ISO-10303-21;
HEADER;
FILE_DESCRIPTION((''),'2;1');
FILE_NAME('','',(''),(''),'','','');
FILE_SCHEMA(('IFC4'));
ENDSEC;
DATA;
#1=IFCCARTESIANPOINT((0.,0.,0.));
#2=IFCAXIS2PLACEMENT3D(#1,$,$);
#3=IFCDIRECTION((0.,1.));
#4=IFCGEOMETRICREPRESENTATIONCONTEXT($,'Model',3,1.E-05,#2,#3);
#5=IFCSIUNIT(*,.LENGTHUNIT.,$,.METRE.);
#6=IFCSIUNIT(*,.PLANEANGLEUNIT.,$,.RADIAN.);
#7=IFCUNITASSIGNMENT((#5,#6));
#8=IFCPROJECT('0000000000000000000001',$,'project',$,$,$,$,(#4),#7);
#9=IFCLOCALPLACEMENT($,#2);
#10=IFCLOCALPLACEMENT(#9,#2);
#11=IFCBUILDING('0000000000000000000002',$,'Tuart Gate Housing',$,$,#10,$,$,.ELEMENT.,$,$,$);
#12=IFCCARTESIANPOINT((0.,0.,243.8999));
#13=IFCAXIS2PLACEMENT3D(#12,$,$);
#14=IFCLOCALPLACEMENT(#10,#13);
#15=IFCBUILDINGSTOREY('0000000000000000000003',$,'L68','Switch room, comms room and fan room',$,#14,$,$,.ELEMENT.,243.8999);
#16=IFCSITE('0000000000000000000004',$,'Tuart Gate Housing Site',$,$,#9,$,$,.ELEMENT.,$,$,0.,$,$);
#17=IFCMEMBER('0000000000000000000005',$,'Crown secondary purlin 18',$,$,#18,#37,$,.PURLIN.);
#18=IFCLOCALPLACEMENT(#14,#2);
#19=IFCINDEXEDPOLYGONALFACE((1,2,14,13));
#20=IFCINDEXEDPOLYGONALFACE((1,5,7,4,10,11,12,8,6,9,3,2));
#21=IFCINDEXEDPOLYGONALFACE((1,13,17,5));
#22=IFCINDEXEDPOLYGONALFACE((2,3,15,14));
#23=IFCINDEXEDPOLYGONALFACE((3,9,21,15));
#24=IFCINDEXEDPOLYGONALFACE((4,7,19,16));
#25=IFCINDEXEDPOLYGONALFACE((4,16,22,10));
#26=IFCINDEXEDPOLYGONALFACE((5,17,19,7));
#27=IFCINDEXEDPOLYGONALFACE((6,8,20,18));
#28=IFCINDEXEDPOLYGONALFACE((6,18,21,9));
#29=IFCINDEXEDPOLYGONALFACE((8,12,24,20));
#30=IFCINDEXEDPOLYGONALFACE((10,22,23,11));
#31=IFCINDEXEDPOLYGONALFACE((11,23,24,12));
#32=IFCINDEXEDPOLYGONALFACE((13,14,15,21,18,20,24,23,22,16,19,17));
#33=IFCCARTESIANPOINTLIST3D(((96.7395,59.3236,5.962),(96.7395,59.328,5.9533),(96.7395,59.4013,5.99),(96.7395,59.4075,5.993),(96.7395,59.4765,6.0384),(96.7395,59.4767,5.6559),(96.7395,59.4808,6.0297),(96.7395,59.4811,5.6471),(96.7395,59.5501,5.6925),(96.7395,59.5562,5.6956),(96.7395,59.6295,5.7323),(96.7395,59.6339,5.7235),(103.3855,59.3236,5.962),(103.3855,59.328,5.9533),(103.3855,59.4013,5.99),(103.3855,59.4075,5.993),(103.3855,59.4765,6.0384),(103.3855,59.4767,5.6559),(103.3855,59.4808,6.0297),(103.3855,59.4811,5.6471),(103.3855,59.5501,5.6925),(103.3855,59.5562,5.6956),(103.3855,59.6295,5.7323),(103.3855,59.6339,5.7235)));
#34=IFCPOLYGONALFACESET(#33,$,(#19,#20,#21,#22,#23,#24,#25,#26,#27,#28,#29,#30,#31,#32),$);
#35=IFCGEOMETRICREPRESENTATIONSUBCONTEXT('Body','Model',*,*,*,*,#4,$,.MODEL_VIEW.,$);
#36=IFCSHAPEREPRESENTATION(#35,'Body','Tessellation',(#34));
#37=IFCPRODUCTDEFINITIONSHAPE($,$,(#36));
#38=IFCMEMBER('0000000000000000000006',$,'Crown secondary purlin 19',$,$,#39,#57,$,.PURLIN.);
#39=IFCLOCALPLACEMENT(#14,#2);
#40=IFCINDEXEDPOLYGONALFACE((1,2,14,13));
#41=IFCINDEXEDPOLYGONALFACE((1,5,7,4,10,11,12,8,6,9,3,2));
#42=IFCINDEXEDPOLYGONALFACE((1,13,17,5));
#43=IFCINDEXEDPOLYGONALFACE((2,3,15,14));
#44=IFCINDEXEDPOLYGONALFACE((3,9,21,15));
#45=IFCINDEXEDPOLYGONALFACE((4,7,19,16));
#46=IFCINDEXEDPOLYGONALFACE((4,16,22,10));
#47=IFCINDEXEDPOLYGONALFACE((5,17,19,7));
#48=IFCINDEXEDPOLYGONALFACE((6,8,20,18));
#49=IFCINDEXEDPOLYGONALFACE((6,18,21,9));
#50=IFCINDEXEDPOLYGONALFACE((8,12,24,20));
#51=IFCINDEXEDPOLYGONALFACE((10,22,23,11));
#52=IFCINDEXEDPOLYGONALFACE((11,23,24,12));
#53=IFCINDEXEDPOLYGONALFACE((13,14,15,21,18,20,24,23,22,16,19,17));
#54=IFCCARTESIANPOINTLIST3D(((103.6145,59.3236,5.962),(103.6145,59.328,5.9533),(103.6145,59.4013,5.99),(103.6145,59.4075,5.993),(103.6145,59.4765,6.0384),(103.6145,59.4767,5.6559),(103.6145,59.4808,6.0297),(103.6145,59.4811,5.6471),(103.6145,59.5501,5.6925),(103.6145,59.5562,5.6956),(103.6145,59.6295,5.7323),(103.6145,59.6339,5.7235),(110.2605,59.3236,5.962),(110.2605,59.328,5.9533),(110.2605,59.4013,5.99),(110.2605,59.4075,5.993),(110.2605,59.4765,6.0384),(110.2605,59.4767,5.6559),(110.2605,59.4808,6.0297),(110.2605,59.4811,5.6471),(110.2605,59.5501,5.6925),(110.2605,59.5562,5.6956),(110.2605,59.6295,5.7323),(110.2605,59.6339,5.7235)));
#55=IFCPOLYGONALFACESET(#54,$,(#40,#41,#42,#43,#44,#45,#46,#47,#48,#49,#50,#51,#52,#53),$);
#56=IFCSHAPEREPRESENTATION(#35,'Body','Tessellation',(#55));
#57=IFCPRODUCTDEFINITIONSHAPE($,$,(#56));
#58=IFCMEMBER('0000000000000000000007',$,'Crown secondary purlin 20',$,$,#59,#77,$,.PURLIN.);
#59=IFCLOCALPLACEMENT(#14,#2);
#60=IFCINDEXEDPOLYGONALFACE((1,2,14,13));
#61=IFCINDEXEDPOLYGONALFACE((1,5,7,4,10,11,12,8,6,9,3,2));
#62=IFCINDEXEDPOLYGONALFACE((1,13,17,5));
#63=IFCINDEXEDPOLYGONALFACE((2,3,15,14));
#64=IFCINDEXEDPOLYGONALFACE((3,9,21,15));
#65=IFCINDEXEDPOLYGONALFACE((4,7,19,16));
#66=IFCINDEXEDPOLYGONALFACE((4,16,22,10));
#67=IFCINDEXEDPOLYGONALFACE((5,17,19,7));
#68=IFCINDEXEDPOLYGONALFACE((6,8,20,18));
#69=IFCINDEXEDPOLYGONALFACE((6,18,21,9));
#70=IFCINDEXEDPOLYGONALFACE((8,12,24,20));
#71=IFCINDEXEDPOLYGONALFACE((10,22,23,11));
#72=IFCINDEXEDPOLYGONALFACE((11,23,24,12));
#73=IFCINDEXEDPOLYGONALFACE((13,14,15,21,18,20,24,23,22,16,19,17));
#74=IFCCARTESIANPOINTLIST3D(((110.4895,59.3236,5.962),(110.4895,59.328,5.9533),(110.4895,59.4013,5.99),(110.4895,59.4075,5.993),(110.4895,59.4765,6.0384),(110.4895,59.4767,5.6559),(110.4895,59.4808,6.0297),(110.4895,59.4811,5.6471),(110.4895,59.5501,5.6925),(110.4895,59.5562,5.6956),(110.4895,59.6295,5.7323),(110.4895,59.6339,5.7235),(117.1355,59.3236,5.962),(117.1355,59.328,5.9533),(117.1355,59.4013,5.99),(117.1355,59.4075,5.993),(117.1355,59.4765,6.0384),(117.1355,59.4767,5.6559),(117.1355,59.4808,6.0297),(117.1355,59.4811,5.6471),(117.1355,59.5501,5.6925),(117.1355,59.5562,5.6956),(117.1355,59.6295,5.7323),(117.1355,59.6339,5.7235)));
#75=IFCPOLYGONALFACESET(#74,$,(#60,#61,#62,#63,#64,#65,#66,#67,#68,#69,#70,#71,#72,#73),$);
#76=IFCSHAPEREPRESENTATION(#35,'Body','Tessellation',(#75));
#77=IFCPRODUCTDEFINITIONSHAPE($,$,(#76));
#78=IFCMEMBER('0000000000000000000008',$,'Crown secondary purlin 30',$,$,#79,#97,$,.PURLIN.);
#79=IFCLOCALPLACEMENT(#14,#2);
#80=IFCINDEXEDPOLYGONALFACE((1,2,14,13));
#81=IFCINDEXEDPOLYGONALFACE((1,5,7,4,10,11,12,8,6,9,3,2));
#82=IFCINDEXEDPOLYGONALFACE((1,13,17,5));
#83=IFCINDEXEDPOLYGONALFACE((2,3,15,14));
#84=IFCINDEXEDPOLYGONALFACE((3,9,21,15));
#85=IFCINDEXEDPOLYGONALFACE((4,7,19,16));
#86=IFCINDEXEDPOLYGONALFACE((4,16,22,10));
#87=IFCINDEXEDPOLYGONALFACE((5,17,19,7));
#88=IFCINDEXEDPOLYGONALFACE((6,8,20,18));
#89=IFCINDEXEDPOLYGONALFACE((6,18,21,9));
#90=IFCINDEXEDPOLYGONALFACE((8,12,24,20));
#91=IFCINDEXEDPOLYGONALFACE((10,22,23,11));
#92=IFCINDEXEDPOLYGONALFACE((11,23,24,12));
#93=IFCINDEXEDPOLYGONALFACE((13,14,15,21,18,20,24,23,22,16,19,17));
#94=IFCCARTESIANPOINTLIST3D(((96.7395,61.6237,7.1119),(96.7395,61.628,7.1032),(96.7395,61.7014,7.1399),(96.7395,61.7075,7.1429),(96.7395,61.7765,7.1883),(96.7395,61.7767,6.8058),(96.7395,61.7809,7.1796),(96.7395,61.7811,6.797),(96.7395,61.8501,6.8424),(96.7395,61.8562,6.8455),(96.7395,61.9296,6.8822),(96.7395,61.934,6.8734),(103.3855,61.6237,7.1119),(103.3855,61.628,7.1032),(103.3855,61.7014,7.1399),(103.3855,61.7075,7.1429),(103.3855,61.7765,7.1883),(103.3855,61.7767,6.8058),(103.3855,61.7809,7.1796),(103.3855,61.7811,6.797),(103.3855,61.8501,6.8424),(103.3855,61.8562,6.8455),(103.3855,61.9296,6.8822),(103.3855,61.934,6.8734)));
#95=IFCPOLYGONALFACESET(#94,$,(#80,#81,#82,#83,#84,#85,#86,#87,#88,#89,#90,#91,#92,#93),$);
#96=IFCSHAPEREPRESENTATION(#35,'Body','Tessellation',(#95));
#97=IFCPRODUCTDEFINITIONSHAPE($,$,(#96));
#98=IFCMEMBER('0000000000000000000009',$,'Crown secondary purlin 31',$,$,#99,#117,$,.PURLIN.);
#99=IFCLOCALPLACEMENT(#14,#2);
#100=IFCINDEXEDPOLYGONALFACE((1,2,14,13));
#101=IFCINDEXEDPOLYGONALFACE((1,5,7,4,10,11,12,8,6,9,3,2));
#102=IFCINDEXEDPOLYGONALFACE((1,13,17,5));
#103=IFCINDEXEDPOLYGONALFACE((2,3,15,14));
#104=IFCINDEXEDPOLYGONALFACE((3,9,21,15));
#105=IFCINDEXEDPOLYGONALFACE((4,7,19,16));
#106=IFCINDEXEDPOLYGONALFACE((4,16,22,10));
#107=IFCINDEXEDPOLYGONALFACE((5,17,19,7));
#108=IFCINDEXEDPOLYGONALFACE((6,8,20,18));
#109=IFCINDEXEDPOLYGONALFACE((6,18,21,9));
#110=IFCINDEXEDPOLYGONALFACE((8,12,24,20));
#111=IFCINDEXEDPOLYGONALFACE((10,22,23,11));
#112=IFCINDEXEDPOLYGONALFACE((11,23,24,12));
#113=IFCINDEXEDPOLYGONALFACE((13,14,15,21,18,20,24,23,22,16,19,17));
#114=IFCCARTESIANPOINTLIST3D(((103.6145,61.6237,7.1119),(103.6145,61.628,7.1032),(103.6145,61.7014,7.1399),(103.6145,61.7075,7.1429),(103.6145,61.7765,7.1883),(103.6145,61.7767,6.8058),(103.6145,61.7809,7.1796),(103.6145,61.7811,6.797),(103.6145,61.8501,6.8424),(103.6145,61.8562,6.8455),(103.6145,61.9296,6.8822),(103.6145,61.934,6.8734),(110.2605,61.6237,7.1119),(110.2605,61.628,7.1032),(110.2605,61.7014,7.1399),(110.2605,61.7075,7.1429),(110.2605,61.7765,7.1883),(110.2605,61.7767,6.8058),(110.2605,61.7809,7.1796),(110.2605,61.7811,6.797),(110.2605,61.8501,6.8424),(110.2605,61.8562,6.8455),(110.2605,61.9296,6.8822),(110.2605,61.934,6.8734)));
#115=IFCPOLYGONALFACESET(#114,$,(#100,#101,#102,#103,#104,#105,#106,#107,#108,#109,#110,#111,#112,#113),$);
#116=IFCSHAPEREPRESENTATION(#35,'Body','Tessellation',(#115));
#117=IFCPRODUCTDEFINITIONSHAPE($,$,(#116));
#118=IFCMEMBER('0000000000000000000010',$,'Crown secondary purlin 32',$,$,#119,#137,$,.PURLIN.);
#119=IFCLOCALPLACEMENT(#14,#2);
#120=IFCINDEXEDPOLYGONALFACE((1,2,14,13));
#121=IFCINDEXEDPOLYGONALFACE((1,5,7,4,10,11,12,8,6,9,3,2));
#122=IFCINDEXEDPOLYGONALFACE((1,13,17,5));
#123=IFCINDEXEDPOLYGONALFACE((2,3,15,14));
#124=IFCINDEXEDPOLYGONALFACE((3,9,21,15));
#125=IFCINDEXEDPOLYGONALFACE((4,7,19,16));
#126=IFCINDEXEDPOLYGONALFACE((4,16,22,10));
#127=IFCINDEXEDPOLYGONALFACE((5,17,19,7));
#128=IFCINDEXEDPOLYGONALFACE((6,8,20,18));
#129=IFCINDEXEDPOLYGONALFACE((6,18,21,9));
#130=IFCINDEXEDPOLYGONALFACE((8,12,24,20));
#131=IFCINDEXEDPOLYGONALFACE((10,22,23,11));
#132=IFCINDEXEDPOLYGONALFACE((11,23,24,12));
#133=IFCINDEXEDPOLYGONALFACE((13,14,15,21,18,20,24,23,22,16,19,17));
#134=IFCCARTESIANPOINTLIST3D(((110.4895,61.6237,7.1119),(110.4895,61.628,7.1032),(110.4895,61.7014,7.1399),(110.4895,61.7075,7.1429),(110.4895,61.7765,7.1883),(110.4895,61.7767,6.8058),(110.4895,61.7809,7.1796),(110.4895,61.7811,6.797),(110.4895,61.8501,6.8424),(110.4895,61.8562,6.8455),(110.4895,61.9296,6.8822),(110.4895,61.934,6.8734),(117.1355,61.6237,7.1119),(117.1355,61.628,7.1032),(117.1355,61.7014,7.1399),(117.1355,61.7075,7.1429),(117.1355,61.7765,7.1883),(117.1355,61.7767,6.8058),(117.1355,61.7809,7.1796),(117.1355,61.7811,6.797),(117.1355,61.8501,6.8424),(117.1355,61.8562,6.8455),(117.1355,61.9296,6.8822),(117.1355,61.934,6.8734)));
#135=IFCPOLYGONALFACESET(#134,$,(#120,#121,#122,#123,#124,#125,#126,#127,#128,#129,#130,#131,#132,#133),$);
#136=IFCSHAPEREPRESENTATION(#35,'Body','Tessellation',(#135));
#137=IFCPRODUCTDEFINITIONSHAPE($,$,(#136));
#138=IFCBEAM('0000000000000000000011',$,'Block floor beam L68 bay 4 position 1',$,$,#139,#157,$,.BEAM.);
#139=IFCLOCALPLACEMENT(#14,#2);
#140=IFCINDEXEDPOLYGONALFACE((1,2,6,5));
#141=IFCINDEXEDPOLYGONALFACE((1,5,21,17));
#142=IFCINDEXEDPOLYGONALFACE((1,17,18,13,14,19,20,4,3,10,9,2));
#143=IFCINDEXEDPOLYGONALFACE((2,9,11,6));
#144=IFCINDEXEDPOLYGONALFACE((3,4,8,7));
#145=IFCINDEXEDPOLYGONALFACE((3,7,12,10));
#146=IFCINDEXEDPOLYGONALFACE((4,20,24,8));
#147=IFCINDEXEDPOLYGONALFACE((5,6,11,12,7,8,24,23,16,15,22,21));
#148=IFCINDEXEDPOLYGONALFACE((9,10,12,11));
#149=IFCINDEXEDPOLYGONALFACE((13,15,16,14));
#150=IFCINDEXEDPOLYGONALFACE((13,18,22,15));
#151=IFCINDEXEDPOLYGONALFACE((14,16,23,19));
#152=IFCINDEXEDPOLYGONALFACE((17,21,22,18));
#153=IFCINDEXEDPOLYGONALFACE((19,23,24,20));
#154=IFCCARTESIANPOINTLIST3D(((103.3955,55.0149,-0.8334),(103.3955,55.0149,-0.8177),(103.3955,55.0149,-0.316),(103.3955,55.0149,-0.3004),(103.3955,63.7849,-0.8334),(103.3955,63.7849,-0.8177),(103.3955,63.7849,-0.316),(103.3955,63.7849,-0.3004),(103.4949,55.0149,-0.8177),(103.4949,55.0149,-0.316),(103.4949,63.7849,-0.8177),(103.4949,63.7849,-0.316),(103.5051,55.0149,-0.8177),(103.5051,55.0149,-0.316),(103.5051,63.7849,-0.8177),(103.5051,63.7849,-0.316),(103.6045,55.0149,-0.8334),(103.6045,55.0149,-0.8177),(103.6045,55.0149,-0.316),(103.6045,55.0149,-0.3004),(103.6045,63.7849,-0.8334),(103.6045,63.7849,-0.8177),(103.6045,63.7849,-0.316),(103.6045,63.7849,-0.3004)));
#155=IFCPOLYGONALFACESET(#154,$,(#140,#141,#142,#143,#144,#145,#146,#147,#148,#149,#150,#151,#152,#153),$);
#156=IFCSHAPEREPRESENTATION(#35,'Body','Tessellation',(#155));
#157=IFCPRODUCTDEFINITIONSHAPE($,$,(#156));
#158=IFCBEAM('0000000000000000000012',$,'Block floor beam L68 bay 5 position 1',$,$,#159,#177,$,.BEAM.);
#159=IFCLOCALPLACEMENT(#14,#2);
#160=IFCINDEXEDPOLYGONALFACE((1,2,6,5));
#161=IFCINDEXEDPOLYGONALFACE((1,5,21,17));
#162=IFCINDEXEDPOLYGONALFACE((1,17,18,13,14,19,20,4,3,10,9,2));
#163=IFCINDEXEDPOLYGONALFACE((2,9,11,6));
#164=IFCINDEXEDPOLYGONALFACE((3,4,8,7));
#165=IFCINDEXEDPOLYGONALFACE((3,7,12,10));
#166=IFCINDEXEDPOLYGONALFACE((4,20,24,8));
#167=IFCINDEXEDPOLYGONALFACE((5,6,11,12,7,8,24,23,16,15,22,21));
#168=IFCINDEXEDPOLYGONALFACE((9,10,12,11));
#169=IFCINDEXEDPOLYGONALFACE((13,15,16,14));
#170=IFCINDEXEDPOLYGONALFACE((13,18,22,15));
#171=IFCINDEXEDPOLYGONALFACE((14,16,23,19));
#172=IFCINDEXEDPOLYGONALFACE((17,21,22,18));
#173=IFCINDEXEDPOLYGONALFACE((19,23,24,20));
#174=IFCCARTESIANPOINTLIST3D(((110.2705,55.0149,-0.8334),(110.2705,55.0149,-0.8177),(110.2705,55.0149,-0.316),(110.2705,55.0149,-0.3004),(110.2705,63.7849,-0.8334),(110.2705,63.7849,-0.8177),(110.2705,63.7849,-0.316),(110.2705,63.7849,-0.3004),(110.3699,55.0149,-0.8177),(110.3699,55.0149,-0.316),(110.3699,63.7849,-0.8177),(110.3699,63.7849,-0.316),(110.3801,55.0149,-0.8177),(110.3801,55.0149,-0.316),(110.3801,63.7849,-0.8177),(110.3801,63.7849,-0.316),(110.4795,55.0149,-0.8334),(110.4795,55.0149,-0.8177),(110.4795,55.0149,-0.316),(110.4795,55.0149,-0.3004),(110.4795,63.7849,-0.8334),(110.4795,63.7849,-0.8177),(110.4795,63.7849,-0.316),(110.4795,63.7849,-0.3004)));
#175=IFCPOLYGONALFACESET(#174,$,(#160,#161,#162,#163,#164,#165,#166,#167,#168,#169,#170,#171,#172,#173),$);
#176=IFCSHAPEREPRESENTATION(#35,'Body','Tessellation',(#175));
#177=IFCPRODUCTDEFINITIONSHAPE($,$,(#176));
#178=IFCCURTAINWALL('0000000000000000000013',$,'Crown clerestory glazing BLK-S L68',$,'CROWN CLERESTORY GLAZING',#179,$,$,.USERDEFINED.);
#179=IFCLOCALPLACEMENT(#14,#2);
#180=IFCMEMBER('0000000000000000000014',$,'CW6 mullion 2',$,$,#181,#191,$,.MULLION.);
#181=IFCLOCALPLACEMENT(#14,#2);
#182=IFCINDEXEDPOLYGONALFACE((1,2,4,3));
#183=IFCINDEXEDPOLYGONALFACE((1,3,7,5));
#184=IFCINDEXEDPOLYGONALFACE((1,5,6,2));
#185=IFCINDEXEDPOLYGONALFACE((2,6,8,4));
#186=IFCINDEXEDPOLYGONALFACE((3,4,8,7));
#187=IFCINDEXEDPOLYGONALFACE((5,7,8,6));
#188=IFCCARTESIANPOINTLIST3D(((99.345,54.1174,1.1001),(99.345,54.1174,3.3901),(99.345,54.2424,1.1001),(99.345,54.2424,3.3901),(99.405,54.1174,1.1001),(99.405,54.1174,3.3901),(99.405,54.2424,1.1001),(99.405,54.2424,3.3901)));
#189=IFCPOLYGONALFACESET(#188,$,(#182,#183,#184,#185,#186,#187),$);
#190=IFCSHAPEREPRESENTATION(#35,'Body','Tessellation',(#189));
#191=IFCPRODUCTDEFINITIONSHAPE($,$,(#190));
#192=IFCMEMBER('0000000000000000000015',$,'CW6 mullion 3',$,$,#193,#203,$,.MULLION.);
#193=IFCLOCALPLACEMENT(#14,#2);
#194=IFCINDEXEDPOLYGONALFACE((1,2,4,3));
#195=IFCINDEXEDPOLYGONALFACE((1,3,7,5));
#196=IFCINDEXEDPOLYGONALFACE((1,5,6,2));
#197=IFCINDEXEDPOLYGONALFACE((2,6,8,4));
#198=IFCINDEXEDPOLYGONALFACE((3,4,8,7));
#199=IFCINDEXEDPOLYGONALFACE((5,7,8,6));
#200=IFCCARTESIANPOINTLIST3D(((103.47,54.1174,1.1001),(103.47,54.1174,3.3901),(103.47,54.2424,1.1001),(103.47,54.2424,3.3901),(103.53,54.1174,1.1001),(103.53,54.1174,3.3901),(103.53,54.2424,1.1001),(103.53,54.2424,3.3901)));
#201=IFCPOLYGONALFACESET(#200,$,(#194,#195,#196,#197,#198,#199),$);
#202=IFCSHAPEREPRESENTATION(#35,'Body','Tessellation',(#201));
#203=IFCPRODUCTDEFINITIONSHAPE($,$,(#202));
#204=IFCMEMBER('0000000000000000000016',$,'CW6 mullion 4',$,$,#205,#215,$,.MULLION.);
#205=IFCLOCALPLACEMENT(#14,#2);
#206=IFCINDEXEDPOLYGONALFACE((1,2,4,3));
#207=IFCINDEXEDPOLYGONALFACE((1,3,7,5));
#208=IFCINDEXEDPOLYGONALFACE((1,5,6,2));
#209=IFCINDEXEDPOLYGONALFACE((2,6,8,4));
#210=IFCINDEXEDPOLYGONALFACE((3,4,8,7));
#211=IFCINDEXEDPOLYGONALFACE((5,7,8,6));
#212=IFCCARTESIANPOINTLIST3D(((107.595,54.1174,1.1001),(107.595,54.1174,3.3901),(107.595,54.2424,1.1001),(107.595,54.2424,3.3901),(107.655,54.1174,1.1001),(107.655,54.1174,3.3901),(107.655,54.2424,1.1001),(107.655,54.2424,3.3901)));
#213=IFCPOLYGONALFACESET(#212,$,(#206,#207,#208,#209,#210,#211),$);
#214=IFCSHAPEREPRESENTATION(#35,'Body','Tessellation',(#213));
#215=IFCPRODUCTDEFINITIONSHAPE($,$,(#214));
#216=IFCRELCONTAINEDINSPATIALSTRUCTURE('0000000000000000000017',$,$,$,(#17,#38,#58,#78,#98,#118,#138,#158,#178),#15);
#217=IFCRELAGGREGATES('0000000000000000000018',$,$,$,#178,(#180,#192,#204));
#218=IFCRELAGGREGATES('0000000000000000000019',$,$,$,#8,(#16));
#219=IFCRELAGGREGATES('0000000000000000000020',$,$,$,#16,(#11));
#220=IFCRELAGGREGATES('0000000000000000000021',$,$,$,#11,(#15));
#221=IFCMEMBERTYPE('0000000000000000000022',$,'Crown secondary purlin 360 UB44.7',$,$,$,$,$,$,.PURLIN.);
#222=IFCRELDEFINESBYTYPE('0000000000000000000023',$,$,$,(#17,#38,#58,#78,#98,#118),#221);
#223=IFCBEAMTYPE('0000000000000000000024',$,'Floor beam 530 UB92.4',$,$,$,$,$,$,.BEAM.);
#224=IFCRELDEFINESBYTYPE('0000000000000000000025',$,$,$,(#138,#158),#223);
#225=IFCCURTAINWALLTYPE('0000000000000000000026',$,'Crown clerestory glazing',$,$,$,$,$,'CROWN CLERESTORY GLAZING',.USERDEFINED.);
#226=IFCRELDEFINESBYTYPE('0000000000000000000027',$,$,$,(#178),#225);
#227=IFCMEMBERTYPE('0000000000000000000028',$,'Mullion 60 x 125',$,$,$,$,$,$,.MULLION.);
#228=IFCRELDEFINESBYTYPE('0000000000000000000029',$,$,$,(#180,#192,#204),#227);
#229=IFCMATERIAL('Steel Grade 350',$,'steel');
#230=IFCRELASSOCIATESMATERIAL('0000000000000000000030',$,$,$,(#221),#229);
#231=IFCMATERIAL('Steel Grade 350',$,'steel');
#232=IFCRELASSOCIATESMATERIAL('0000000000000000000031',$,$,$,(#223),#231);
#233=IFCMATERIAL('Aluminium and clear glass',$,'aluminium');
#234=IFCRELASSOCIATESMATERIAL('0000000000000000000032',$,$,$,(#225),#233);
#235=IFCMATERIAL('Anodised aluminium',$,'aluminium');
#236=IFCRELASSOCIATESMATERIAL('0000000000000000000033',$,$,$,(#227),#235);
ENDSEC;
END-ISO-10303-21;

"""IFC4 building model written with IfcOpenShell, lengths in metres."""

from ifc_helpers import new_model, si_unit, direction, frame, origin, origin_2d, place, context, subcontext, project, spatial, rectangle, i_section, extrude, material, material_profile, profile_set, type_object, element, aggregate, save


model = new_model("IFC4")

# Units and contexts
model_context = context("Model", 3, precision=1e-05, world=origin(), true_north=direction((0.0, 1.0)))
body_context = subcontext(model_context, "Body", "Model", "MODEL_VIEW")
ifc_project = project(units=[si_unit("LENGTHUNIT", "METRE"), si_unit("PLANEANGLEUNIT", "RADIAN")], contexts=[model_context])

# Site, building, storey
site_placement = place(None, origin())
site = spatial("IfcSite", under=ifc_project, at=site_placement, Name="Tuart Gate Housing Site", CompositionType="ELEMENT", RefElevation=0.0)
building_placement = place(site_placement, origin())
building = spatial("IfcBuilding", under=site, at=building_placement, Name="Tuart Gate Housing", CompositionType="ELEMENT")
storey_placement = place(building_placement, frame((0.0, 0.0, 243.8999)))
storey = spatial("IfcBuildingStorey", under=building, at=storey_placement, Name="L68", Description="Switch room, comms room and fan room", CompositionType="ELEMENT", Elevation=243.8999)

# Members
ifc_material_1 = material(Name="Steel Grade 350", Category="steel")
ifc_material_profile_1 = material_profile(ifc_material_1, i_section(OverallWidth=0.1709, OverallDepth=0.3521, WebThickness=0.0068, FlangeThickness=0.0098, at=origin_2d()), Name="360UB44.7")
ifc_profile_set_1 = profile_set([ifc_material_profile_1], Name="Steel Grade 350")
member_type_1 = type_object("IfcMemberType", Name="Crown secondary purlin 360 UB44.7", PredefinedType="PURLIN", material=ifc_profile_set_1)
for number, where, z_axis, x_axis, name in (
    (1, (96.7395, 59.4788, 5.8428), (1.0, 0.0, 0.0), (0.0, 0.894427, 0.447214), "Crown secondary purlin 18"),
    (2, (103.6145, 59.4788, 5.8428), (1.0, 0.0, 0.0), (0.0, 0.894427, 0.447214), "Crown secondary purlin 19"),
    (3, (110.4895, 59.4788, 5.8428), (1.0, 0.0, 0.0), (0.0, 0.894427, 0.447214), "Crown secondary purlin 20"),
    (4, (96.7395, 61.7788, 6.9927), (1.0, 0.0, 0.0), (0.0, 0.894427, 0.447214), "Crown secondary purlin 30"),
    (5, (103.6145, 61.7788, 6.9927), (1.0, 0.0, 0.0), (0.0, 0.894427, 0.447214), "Crown secondary purlin 31"),
    (6, (110.4895, 61.7788, 6.9927), (1.0, 0.0, 0.0), (0.0, 0.894427, 0.447214), "Crown secondary purlin 32"),
):
    element("IfcMember", number, at=place(storey_placement, frame(where, z_axis=z_axis, x_axis=x_axis)), inside=storey, type_object=member_type_1, Name=name, PredefinedType="PURLIN", context=body_context, shape_type="SweptSolid", body=[
        extrude(i_section(OverallWidth=0.1709, OverallDepth=0.3521, WebThickness=0.0068, FlangeThickness=0.0098, at=origin_2d()), origin(), (0.0, 0.0, 1.0), 6.646),
    ])

# Beams
ifc_material_2 = material(Name="Steel Grade 350", Category="steel")
ifc_material_profile_2 = material_profile(ifc_material_2, i_section(OverallWidth=0.209, OverallDepth=0.533, WebThickness=0.0103, FlangeThickness=0.0156, at=origin_2d()), Name="530UB92.4")
ifc_profile_set_2 = profile_set([ifc_material_profile_2], Name="Steel Grade 350")
beam_type = type_object("IfcBeamType", Name="Floor beam 530 UB92.4", PredefinedType="BEAM", material=ifc_profile_set_2)
for number, where, z_axis, x_axis, name in (
    (7, (103.5, 55.0149, -0.5669), (0.0, 1.0, 0.0), (-1.0, 0.0, 0.0), "Block floor beam L68 bay 4 position 1"),
    (8, (110.375, 55.0149, -0.5669), (0.0, 1.0, 0.0), (-1.0, 0.0, 0.0), "Block floor beam L68 bay 5 position 1"),
):
    element("IfcBeam", number, at=place(storey_placement, frame(where, z_axis=z_axis, x_axis=x_axis)), inside=storey, type_object=beam_type, Name=name, PredefinedType="BEAM", context=body_context, shape_type="SweptSolid", body=[
        extrude(i_section(OverallWidth=0.209, OverallDepth=0.533, WebThickness=0.0103, FlangeThickness=0.0156, at=origin_2d()), origin(), (0.0, 0.0, 1.0), 8.77),
    ])

# Curtain wall, members
ifc_material_3 = material(Name="Aluminium and clear glass", Category="aluminium")
curtain_wall_type = type_object("IfcCurtainWallType", Name="Crown clerestory glazing", ElementType="CROWN CLERESTORY GLAZING", PredefinedType="USERDEFINED", material=ifc_material_3)
curtain_wall_placement = place(storey_placement, origin())
curtain_wall = element("IfcCurtainWall", 9, at=curtain_wall_placement, inside=storey, type_object=curtain_wall_type, Name="Crown clerestory glazing BLK-S L68", ObjectType="CROWN CLERESTORY GLAZING", PredefinedType="USERDEFINED")
ifc_material_4 = material(Name="Anodised aluminium", Category="aluminium")
ifc_material_profile_3 = material_profile(ifc_material_4, rectangle(XDim=0.0601, YDim=0.125, at=origin_2d()), Name="60x125")
ifc_profile_set_3 = profile_set([ifc_material_profile_3], Name="Anodised aluminium")
member_type_2 = type_object("IfcMemberType", Name="Mullion 60 x 125", PredefinedType="MULLION", material=ifc_profile_set_3)
member_1_placement = place(storey_placement, frame((99.375, 54.1799, 1.1001), z_axis=(0.0, 0.0, 1.0), x_axis=(1.0, 0.0, 0.0)))
member_1 = element("IfcMember", 10, at=member_1_placement, type_object=member_type_2, Name="CW6 mullion 2", PredefinedType="MULLION", context=body_context, shape_type="SweptSolid", body=[
    extrude(rectangle(XDim=0.0601, YDim=0.125, at=origin_2d()), origin(), (0.0, 0.0, 1.0), 2.29),
])
member_2_placement = place(storey_placement, frame((103.5, 54.1799, 1.1001), z_axis=(0.0, 0.0, 1.0), x_axis=(1.0, 0.0, 0.0)))
member_2 = element("IfcMember", 11, at=member_2_placement, type_object=member_type_2, Name="CW6 mullion 3", PredefinedType="MULLION", context=body_context, shape_type="SweptSolid", body=[
    extrude(rectangle(XDim=0.0601, YDim=0.125, at=origin_2d()), origin(), (0.0, 0.0, 1.0), 2.29),
])
member_3_placement = place(storey_placement, frame((107.625, 54.1799, 1.1001), z_axis=(0.0, 0.0, 1.0), x_axis=(1.0, 0.0, 0.0)))
member_3 = element("IfcMember", 12, at=member_3_placement, type_object=member_type_2, Name="CW6 mullion 4", PredefinedType="MULLION", context=body_context, shape_type="SweptSolid", body=[
    extrude(rectangle(XDim=0.0601, YDim=0.125, at=origin_2d()), origin(), (0.0, 0.0, 1.0), 2.29),
])
aggregate(curtain_wall, [member_1, member_2, member_3])

save(model, "model.ifc")
